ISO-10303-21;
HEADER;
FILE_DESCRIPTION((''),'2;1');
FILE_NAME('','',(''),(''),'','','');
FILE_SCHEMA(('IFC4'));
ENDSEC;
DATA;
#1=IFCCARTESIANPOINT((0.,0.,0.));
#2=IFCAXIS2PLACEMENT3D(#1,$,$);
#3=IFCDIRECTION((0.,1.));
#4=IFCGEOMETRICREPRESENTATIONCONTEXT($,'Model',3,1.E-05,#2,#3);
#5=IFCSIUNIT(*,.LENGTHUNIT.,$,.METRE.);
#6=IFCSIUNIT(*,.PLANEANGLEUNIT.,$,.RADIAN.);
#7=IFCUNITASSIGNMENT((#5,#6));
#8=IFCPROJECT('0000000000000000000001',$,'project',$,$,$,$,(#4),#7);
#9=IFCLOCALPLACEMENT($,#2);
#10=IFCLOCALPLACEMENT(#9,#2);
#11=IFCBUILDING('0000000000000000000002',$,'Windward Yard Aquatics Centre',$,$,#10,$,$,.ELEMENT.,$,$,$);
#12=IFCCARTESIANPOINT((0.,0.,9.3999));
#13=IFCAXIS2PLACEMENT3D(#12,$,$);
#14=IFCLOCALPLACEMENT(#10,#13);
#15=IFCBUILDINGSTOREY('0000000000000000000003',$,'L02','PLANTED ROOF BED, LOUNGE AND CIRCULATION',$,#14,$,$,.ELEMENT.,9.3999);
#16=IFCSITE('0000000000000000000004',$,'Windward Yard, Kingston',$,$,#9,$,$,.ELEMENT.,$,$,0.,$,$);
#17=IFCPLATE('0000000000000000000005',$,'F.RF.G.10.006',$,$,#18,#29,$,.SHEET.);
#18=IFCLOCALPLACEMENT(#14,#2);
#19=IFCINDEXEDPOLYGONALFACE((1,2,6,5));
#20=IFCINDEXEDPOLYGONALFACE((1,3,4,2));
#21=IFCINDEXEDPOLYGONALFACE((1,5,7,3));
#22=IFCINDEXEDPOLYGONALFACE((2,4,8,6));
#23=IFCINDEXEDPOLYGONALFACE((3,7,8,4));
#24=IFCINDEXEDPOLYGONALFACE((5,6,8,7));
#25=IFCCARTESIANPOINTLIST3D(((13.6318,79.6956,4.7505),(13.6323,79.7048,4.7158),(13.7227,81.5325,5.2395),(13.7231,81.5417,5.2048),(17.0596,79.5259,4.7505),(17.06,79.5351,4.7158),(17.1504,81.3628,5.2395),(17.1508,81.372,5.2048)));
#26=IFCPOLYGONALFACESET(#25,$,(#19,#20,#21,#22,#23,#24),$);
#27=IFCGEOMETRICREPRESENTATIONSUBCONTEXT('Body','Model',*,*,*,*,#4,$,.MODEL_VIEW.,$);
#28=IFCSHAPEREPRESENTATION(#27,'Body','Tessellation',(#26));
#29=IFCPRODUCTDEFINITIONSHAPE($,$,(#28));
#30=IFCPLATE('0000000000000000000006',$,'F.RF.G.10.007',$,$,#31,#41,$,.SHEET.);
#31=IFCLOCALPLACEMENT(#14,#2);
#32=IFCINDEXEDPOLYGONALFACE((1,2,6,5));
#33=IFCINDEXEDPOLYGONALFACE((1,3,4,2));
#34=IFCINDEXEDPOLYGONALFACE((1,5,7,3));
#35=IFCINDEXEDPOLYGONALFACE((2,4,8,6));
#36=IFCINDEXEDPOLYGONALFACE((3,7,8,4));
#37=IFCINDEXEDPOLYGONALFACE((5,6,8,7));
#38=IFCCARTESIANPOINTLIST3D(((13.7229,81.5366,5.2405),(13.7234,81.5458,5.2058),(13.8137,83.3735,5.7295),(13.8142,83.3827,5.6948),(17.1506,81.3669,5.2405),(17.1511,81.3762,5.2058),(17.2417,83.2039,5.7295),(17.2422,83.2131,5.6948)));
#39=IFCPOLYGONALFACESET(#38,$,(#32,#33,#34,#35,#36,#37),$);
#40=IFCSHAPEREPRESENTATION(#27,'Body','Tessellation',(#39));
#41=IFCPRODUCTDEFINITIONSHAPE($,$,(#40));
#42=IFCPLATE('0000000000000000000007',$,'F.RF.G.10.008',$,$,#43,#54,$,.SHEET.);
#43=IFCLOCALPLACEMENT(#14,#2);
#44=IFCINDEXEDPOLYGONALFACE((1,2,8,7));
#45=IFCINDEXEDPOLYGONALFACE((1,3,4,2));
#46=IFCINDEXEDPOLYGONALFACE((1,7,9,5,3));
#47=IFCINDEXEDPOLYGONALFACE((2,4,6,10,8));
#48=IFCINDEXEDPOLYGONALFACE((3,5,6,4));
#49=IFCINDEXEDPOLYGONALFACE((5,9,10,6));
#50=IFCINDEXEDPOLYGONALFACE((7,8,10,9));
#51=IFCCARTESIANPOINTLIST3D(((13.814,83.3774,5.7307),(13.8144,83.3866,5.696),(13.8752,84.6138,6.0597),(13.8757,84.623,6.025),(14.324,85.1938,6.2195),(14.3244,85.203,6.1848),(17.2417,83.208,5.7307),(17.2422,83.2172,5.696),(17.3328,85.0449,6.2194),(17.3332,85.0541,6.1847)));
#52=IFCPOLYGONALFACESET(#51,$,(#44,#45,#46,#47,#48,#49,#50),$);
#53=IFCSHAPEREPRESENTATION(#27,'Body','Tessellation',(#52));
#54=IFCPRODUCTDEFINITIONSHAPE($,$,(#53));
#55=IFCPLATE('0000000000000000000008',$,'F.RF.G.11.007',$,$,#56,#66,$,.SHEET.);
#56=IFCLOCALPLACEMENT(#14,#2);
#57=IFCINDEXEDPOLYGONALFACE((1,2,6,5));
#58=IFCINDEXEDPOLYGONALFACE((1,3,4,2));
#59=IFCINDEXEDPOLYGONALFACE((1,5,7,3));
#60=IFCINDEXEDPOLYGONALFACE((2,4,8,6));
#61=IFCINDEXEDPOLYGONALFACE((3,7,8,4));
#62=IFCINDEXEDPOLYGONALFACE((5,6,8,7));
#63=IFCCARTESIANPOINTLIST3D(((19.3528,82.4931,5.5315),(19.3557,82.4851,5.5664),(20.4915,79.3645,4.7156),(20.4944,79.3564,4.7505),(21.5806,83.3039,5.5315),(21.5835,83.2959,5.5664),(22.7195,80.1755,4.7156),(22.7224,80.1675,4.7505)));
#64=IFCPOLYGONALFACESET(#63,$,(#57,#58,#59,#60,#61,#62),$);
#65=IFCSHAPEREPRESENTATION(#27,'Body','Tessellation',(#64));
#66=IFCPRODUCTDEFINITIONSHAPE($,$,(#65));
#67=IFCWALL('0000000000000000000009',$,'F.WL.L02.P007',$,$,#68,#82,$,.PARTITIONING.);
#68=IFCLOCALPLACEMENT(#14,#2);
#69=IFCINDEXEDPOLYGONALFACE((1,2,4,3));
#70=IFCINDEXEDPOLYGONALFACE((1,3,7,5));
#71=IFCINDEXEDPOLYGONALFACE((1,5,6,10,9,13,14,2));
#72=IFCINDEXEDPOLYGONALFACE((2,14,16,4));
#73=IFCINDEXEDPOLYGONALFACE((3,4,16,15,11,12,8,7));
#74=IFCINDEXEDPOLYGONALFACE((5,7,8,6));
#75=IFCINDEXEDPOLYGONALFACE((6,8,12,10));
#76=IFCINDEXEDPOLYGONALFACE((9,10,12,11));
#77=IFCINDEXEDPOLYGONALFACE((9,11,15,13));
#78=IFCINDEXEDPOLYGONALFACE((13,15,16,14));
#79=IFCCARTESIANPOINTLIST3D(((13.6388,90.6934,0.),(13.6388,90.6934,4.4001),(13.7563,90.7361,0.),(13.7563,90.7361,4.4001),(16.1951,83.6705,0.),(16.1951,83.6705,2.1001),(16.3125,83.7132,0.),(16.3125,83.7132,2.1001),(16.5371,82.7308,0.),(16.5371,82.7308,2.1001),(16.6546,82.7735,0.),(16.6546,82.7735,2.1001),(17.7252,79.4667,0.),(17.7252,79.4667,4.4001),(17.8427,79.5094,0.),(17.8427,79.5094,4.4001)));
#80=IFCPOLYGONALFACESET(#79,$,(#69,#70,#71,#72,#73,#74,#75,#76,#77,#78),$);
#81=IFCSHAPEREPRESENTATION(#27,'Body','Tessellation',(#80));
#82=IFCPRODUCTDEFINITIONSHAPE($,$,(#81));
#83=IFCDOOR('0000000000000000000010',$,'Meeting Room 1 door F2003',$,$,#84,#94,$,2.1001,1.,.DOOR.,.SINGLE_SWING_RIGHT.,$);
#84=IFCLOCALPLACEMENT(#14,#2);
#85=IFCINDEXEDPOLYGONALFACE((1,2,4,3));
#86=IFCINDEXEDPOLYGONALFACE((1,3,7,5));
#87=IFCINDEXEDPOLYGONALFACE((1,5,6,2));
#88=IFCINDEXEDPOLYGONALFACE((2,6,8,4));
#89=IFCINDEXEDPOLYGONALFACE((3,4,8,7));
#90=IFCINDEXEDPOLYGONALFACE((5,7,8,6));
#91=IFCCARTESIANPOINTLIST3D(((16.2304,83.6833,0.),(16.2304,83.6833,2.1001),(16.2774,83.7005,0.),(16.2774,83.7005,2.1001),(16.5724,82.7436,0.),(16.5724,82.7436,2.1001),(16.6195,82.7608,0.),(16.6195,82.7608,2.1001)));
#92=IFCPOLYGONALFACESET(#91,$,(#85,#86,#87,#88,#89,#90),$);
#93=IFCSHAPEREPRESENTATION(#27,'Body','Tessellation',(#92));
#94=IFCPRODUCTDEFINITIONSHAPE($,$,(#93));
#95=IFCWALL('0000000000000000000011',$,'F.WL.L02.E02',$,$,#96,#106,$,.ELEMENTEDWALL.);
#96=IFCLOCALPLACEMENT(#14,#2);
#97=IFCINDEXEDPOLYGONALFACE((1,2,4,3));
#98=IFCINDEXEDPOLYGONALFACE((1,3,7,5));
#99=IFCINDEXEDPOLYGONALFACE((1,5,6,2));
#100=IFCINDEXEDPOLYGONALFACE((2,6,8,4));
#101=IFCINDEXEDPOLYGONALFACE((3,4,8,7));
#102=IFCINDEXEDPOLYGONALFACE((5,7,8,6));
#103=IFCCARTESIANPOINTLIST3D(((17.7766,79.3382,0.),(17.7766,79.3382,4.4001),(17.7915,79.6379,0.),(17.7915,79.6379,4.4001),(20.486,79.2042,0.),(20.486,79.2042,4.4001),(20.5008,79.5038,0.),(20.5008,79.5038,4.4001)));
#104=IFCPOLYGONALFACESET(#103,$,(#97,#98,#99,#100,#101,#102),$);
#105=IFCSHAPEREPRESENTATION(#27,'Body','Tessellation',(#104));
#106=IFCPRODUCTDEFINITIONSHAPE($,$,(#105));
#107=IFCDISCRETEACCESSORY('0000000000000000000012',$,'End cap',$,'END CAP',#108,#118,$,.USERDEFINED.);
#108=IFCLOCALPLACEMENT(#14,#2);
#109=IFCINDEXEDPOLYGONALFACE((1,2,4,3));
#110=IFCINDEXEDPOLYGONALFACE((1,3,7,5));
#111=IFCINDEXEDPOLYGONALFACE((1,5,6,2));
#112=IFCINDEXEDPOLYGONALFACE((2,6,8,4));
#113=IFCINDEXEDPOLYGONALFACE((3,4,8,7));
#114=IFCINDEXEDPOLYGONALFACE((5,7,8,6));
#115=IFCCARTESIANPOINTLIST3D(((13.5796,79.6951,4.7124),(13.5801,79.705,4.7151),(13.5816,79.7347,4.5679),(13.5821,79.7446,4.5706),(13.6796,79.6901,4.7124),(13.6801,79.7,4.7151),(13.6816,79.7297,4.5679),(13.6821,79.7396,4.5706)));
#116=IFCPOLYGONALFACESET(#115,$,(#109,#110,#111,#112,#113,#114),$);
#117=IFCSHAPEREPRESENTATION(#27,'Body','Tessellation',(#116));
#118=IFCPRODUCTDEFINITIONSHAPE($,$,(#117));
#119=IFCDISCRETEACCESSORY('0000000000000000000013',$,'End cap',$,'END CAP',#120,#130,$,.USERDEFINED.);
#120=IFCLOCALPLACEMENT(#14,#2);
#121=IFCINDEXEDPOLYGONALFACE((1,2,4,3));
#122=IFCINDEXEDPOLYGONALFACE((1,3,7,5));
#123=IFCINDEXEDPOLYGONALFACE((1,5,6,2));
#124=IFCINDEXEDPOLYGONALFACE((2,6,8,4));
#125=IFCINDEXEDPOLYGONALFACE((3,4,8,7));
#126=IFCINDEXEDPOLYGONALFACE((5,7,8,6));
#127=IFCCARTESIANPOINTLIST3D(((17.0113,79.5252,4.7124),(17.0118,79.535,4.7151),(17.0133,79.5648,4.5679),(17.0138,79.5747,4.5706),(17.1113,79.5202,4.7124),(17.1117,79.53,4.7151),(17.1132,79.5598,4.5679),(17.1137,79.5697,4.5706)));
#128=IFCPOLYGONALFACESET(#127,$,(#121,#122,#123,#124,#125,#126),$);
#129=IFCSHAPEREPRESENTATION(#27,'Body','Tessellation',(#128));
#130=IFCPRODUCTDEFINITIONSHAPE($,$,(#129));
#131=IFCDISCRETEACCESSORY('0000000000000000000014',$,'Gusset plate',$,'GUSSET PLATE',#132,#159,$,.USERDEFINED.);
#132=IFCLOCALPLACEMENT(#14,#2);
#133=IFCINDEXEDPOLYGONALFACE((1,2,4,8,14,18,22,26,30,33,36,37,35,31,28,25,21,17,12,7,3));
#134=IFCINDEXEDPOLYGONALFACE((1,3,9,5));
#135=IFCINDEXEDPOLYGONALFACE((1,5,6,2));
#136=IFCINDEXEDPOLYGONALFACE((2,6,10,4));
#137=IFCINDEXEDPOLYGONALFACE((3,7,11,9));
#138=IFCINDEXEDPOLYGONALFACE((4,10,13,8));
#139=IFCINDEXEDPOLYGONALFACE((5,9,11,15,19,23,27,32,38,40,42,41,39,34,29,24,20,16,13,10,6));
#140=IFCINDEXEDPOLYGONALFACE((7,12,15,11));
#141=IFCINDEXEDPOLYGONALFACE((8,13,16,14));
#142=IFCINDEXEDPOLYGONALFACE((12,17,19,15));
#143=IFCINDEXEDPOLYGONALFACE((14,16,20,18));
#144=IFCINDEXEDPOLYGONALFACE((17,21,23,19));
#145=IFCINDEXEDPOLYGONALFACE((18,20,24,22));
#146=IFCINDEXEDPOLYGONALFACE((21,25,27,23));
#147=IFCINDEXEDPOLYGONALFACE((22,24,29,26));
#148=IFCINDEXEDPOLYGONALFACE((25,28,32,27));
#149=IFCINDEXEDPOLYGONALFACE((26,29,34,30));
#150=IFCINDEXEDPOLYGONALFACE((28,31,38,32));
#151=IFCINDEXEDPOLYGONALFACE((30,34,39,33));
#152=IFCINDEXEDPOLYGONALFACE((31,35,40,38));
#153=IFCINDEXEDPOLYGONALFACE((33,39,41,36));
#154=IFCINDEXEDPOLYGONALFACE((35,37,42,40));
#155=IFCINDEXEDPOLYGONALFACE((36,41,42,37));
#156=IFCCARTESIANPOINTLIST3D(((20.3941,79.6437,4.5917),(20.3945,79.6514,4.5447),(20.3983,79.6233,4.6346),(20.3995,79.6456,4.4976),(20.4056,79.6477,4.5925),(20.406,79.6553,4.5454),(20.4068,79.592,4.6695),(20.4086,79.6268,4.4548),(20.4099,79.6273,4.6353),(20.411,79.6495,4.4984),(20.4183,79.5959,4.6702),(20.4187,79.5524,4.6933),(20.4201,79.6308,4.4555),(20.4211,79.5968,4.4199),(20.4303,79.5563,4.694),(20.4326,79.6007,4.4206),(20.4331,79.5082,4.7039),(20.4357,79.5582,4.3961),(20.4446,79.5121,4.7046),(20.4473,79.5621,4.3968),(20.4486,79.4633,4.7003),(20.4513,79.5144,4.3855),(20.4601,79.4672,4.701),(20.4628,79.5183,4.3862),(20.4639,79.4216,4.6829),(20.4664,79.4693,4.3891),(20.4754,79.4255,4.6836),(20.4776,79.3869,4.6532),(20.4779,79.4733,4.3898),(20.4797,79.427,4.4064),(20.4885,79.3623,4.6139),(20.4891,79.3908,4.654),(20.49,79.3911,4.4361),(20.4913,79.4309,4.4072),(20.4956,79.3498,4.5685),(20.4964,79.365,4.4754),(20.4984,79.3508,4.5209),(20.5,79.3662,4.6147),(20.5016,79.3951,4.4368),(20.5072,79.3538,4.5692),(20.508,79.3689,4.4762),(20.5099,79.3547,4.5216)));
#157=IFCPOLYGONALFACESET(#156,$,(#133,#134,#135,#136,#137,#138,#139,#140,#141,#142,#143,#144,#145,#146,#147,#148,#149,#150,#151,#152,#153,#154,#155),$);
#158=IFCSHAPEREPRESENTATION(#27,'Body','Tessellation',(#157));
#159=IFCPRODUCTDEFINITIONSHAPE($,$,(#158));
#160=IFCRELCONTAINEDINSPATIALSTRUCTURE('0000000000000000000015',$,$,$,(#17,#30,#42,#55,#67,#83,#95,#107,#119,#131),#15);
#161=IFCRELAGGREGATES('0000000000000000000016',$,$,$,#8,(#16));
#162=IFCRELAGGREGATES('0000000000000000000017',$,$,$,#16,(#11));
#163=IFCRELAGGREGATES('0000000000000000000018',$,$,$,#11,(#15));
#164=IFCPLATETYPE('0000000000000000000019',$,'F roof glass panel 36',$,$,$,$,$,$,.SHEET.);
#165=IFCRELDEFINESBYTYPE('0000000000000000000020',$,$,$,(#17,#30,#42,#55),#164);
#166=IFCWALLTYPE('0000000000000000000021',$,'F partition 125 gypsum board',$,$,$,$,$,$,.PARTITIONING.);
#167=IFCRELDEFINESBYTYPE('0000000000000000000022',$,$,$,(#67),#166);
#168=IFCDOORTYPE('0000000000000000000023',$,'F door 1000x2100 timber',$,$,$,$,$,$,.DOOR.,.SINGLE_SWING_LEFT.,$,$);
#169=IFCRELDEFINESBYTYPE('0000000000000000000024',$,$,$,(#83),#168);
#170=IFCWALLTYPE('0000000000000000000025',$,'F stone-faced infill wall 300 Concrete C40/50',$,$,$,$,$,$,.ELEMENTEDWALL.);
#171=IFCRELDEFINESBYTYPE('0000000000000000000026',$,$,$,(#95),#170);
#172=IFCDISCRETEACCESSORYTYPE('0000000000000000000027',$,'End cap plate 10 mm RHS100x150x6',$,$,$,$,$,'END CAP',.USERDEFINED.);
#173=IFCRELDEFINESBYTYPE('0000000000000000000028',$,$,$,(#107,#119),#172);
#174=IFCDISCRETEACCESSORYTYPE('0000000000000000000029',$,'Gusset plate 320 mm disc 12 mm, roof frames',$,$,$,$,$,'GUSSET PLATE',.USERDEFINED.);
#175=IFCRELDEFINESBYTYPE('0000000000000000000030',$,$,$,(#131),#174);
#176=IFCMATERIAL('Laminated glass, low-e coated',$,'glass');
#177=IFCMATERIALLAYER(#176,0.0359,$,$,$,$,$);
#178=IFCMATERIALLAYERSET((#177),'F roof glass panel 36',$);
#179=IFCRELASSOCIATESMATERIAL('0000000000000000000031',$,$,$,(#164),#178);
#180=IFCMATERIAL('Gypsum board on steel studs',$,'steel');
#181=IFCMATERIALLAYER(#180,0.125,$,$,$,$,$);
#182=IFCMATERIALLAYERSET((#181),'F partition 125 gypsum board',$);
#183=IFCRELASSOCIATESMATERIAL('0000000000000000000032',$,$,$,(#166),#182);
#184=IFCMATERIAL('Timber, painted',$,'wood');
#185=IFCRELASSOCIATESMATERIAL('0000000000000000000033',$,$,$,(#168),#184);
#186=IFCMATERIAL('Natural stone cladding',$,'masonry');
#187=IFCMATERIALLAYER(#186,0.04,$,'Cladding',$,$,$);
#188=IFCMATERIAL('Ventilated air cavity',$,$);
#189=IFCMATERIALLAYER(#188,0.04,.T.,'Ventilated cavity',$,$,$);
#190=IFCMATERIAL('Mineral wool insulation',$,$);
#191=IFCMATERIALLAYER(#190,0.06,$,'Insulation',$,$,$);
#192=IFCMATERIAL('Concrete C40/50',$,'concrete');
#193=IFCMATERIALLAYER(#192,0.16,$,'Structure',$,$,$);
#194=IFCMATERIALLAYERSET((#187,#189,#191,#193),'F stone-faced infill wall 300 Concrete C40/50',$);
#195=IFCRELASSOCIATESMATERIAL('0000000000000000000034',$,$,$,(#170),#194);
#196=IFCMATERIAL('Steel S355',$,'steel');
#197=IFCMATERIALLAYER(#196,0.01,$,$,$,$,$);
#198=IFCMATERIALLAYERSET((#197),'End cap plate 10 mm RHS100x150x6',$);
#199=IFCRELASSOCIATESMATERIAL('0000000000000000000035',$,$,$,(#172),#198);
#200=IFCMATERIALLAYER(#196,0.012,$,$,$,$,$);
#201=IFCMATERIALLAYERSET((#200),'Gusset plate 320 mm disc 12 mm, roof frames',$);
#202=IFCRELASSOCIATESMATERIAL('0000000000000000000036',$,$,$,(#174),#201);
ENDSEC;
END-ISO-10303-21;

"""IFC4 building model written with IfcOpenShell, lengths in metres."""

from ifc_helpers import new_model, si_unit, direction, frame, frame_2d, origin, origin_2d, place, context, subcontext, project, spatial, polyline, rectangle, circle, outline, extrude, material, layer, layer_set, type_object, element, fill, save


model = new_model("IFC4")

# Units and contexts
model_context = context("Model", 3, precision=1e-05, world=origin(), true_north=direction((0.0, 1.0)))
body_context = subcontext(model_context, "Body", "Model", "MODEL_VIEW")
ifc_project = project(units=[si_unit("LENGTHUNIT", "METRE"), si_unit("PLANEANGLEUNIT", "RADIAN")], contexts=[model_context])

# Site, building, storey
site_placement = place(None, origin())
site = spatial("IfcSite", under=ifc_project, at=site_placement, Name="Windward Yard, Kingston", CompositionType="ELEMENT", RefElevation=0.0)
building_placement = place(site_placement, origin())
building = spatial("IfcBuilding", under=site, at=building_placement, Name="Windward Yard Aquatics Centre", CompositionType="ELEMENT")
storey_placement = place(building_placement, frame((0.0, 0.0, 9.3999)))
storey = spatial("IfcBuildingStorey", under=building, at=storey_placement, Name="L02", Description="PLANTED ROOF BED, LOUNGE AND CIRCULATION", CompositionType="ELEMENT", Elevation=9.3999)

# Shared definitions
ifc_material_1 = material(Name="Steel S355", Category="steel")

# Plates
ifc_material_2 = material(Name="Laminated glass, low-e coated", Category="glass")
ifc_layer_1 = layer(ifc_material_2, 0.0359)
ifc_layer_set_1 = layer_set([ifc_layer_1], Name="F roof glass panel 36")
plate_type = type_object("IfcPlateType", Name="F roof glass panel 36", PredefinedType="SHEET", material=ifc_layer_set_1)
plate_1_placement = place(storey_placement, frame((13.6318, 79.6956, 4.7505), z_axis=(-0.012704, -0.256648, 0.966422), x_axis=(0.047723, 0.965243, 0.256962)))
element("IfcPlate", 1, at=plate_1_placement, inside=storey, type_object=plate_type, Name="F.RF.G.10.006", PredefinedType="SHEET", context=body_context, shape_type="SweptSolid", body=[
    extrude(outline(polyline([(0.0, 0.0), (1.9031, 0.0), (1.9029, -3.4319), (-0.0002, -3.4319), (0.0, 0.0)])), origin(), (0.0, 0.0, -1.0), 0.0359),
])
plate_2_placement = place(storey_placement, frame((13.7229, 81.5366, 5.2405), z_axis=(-0.012704, -0.256647, 0.966422), x_axis=(0.047723, 0.965243, 0.256961)))
element("IfcPlate", 2, at=plate_2_placement, inside=storey, type_object=plate_type, Name="F.RF.G.10.007", PredefinedType="SHEET", context=body_context, shape_type="SweptSolid", body=[
    extrude(outline(polyline([(0.0, 0.0), (1.9031, 0.0), (1.9029, -3.4322), (-0.0002, -3.4319), (0.0, 0.0)])), origin(), (0.0, 0.0, -1.0), 0.0359),
])
plate_3_placement = place(storey_placement, frame((13.814, 83.3774, 5.7307), z_axis=(-0.012663, -0.256519, 0.966456), x_axis=(0.047844, 0.965271, 0.256831)))
element("IfcPlate", 3, at=plate_3_placement, inside=storey, type_object=plate_type, Name="F.RF.G.10.008", PredefinedType="SHEET", context=body_context, shape_type="SweptSolid", body=[
    extrude(outline(polyline([(0.0, 0.0), (1.2808, 0.0), (1.9033, -0.4195), (1.9035, -3.4319), (0.0004, -3.4319), (0.0, 0.0)])), origin(), (0.0, 0.0, -1.0), 0.0359),
])
plate_4_placement = place(storey_placement, frame((19.3557, 82.4851, 5.5664), z_axis=(0.081411, -0.223669, 0.971259), x_axis=(0.9397, 0.342001, -0.000007)))
element("IfcPlate", 4, at=plate_4_placement, inside=storey, type_object=plate_type, Name="F.RF.G.11.007", PredefinedType="SHEET", context=body_context, shape_type="SweptSolid", body=[
    extrude(outline(polyline([(0.0, 0.0), (2.3707, 0.0), (2.3711, -3.4278), (0.0, -3.4279), (0.0, 0.0)])), origin(), (0.0, 0.0, -1.0), 0.0359),
])

# Wall, opening, door
ifc_material_3 = material(Name="Gypsum board on steel studs", Category="steel")
ifc_layer_2 = layer(ifc_material_3, 0.125)
ifc_layer_set_2 = layer_set([ifc_layer_2], Name="F partition 125 gypsum board")
wall_type_1 = type_object("IfcWallType", Name="F partition 125 gypsum board", PredefinedType="PARTITIONING", material=ifc_layer_set_2)
wall_1_placement = place(storey_placement, frame((17.7839, 79.488, 0.0), z_axis=(0.0, 0.0, 1.0), x_axis=(-0.342035, 0.939687, 0.0)))
wall_1 = element("IfcWall", 5, at=wall_1_placement, inside=storey, type_object=wall_type_1, Name="F.WL.L02.P007", PredefinedType="PARTITIONING", context=body_context, shape_type="SweptSolid", body=[
    extrude(rectangle(XDim=11.9473, YDim=0.125, at=frame_2d((5.9736, 0.0))), origin(), (0.0, 0.0, 1.0), 4.4001),
])
opening_placement = place(wall_1_placement, frame((3.4736, 0.0, 0.0)))
opening = element("IfcOpeningElement", 6, at=opening_placement, cuts=wall_1, PredefinedType="OPENING", context=body_context, shape_type="SweptSolid", body=[
    extrude(rectangle(XDim=1.0, YDim=2.1001, at=frame_2d((0.5, 1.05))), frame((0.0, 0.0725, 0.0), z_axis=(0.0, -1.0, 0.0), x_axis=(1.0, 0.0, 0.0)), (0.0, 0.0, 1.0), 0.145),
])
ifc_material_4 = material(Name="Timber, painted", Category="wood")
door_type = type_object("IfcDoorType", Name="F door 1000x2100 timber", OperationType="SINGLE_SWING_LEFT", PredefinedType="DOOR", material=ifc_material_4)
door_placement = place(opening_placement, origin())
door = element("IfcDoor", 7, at=door_placement, inside=storey, type_object=door_type, Name="Meeting Room 1 door F2003", OperationType="SINGLE_SWING_RIGHT", OverallHeight=2.1001, OverallWidth=1.0, PredefinedType="DOOR", context=body_context, shape_type="SweptSolid", body=[
    extrude(rectangle(XDim=1.0, YDim=2.1001, at=frame_2d((0.5, 1.05))), frame((0.0, 0.0249, 0.0), z_axis=(0.0, -1.0, 0.0), x_axis=(1.0, 0.0, 0.0)), (0.0, 0.0, 1.0), 0.05),
])
fill(opening, door)

# Wall
ifc_material_5 = material(Name="Natural stone cladding", Category="masonry")
ifc_layer_3 = layer(ifc_material_5, 0.04, Name="Cladding")
ifc_material_6 = material(Name="Ventilated air cavity")
ifc_layer_4 = layer(ifc_material_6, 0.04, ventilated=True, Name="Ventilated cavity")
ifc_material_7 = material(Name="Mineral wool insulation")
ifc_layer_5 = layer(ifc_material_7, 0.06, Name="Insulation")
ifc_material_8 = material(Name="Concrete C40/50", Category="concrete")
ifc_layer_6 = layer(ifc_material_8, 0.16, Name="Structure")
ifc_layer_set_3 = layer_set([ifc_layer_3, ifc_layer_4, ifc_layer_5, ifc_layer_6], Name="F stone-faced infill wall 300 Concrete C40/50")
wall_type_2 = type_object("IfcWallType", Name="F stone-faced infill wall 300 Concrete C40/50", PredefinedType="ELEMENTEDWALL", material=ifc_layer_set_3)
wall_2_placement = place(storey_placement, frame((17.7839, 79.488, 0.0), z_axis=(0.0, 0.0, 1.0), x_axis=(0.998778, -0.049412, 0.0)))
element("IfcWall", 8, at=wall_2_placement, inside=storey, type_object=wall_type_2, Name="F.WL.L02.E02", PredefinedType="ELEMENTEDWALL", context=body_context, shape_type="SweptSolid", body=[
    extrude(rectangle(XDim=2.7126, YDim=0.3, at=frame_2d((1.3564, 0.0))), origin(), (0.0, 0.0, 1.0), 4.4001),
])

# Discrete accessories
ifc_layer_7 = layer(ifc_material_1, 0.01)
ifc_layer_set_4 = layer_set([ifc_layer_7], Name="End cap plate 10 mm RHS100x150x6")
discrete_accessory_type_1 = type_object("IfcDiscreteAccessoryType", Name="End cap plate 10 mm RHS100x150x6", ElementType="END CAP", PredefinedType="USERDEFINED", material=ifc_layer_set_4)
for number, where, z_axis, x_axis, name in (
    (9, (13.6306, 79.7124, 4.6401), (0.048154, 0.963087, 0.264849), (-0.998752, 0.049938, 0.0), "End cap"),
    (10, (17.0623, 79.5425, 4.6401), (0.048154, 0.963087, 0.264849), (-0.998752, 0.049938, 0.0), "End cap"),
):
    element("IfcDiscreteAccessory", number, at=place(storey_placement, frame(where, z_axis=z_axis, x_axis=x_axis)), inside=storey, type_object=discrete_accessory_type_1, Name=name, ObjectType="END CAP", PredefinedType="USERDEFINED", context=body_context, shape_type="SweptSolid", body=[
        extrude(rectangle(XDim=0.1001, YDim=0.1499, at=origin_2d()), origin(), (0.0, 0.0, 1.0), 0.0103),
    ])
ifc_layer_8 = layer(ifc_material_1, 0.012)
ifc_layer_set_5 = layer_set([ifc_layer_8], Name="Gusset plate 320 mm disc 12 mm, roof frames")
discrete_accessory_type_2 = type_object("IfcDiscreteAccessoryType", Name="Gusset plate 320 mm disc 12 mm, roof frames", ElementType="GUSSET PLATE", PredefinedType="USERDEFINED", material=ifc_layer_set_5)
discrete_accessory_placement = place(storey_placement, frame((20.446, 79.5, 4.5447), z_axis=(0.944926, 0.321677, 0.060314), x_axis=(-0.322264, 0.94665, 0.0)))
element("IfcDiscreteAccessory", 11, at=discrete_accessory_placement, inside=storey, type_object=discrete_accessory_type_2, Name="Gusset plate", ObjectType="GUSSET PLATE", PredefinedType="USERDEFINED", context=body_context, shape_type="SweptSolid", body=[
    extrude(circle(Radius=0.1599, at=origin_2d()), origin(), (0.0, 0.0, 1.0), 0.0122),
])

save(model, "model.ifc")
